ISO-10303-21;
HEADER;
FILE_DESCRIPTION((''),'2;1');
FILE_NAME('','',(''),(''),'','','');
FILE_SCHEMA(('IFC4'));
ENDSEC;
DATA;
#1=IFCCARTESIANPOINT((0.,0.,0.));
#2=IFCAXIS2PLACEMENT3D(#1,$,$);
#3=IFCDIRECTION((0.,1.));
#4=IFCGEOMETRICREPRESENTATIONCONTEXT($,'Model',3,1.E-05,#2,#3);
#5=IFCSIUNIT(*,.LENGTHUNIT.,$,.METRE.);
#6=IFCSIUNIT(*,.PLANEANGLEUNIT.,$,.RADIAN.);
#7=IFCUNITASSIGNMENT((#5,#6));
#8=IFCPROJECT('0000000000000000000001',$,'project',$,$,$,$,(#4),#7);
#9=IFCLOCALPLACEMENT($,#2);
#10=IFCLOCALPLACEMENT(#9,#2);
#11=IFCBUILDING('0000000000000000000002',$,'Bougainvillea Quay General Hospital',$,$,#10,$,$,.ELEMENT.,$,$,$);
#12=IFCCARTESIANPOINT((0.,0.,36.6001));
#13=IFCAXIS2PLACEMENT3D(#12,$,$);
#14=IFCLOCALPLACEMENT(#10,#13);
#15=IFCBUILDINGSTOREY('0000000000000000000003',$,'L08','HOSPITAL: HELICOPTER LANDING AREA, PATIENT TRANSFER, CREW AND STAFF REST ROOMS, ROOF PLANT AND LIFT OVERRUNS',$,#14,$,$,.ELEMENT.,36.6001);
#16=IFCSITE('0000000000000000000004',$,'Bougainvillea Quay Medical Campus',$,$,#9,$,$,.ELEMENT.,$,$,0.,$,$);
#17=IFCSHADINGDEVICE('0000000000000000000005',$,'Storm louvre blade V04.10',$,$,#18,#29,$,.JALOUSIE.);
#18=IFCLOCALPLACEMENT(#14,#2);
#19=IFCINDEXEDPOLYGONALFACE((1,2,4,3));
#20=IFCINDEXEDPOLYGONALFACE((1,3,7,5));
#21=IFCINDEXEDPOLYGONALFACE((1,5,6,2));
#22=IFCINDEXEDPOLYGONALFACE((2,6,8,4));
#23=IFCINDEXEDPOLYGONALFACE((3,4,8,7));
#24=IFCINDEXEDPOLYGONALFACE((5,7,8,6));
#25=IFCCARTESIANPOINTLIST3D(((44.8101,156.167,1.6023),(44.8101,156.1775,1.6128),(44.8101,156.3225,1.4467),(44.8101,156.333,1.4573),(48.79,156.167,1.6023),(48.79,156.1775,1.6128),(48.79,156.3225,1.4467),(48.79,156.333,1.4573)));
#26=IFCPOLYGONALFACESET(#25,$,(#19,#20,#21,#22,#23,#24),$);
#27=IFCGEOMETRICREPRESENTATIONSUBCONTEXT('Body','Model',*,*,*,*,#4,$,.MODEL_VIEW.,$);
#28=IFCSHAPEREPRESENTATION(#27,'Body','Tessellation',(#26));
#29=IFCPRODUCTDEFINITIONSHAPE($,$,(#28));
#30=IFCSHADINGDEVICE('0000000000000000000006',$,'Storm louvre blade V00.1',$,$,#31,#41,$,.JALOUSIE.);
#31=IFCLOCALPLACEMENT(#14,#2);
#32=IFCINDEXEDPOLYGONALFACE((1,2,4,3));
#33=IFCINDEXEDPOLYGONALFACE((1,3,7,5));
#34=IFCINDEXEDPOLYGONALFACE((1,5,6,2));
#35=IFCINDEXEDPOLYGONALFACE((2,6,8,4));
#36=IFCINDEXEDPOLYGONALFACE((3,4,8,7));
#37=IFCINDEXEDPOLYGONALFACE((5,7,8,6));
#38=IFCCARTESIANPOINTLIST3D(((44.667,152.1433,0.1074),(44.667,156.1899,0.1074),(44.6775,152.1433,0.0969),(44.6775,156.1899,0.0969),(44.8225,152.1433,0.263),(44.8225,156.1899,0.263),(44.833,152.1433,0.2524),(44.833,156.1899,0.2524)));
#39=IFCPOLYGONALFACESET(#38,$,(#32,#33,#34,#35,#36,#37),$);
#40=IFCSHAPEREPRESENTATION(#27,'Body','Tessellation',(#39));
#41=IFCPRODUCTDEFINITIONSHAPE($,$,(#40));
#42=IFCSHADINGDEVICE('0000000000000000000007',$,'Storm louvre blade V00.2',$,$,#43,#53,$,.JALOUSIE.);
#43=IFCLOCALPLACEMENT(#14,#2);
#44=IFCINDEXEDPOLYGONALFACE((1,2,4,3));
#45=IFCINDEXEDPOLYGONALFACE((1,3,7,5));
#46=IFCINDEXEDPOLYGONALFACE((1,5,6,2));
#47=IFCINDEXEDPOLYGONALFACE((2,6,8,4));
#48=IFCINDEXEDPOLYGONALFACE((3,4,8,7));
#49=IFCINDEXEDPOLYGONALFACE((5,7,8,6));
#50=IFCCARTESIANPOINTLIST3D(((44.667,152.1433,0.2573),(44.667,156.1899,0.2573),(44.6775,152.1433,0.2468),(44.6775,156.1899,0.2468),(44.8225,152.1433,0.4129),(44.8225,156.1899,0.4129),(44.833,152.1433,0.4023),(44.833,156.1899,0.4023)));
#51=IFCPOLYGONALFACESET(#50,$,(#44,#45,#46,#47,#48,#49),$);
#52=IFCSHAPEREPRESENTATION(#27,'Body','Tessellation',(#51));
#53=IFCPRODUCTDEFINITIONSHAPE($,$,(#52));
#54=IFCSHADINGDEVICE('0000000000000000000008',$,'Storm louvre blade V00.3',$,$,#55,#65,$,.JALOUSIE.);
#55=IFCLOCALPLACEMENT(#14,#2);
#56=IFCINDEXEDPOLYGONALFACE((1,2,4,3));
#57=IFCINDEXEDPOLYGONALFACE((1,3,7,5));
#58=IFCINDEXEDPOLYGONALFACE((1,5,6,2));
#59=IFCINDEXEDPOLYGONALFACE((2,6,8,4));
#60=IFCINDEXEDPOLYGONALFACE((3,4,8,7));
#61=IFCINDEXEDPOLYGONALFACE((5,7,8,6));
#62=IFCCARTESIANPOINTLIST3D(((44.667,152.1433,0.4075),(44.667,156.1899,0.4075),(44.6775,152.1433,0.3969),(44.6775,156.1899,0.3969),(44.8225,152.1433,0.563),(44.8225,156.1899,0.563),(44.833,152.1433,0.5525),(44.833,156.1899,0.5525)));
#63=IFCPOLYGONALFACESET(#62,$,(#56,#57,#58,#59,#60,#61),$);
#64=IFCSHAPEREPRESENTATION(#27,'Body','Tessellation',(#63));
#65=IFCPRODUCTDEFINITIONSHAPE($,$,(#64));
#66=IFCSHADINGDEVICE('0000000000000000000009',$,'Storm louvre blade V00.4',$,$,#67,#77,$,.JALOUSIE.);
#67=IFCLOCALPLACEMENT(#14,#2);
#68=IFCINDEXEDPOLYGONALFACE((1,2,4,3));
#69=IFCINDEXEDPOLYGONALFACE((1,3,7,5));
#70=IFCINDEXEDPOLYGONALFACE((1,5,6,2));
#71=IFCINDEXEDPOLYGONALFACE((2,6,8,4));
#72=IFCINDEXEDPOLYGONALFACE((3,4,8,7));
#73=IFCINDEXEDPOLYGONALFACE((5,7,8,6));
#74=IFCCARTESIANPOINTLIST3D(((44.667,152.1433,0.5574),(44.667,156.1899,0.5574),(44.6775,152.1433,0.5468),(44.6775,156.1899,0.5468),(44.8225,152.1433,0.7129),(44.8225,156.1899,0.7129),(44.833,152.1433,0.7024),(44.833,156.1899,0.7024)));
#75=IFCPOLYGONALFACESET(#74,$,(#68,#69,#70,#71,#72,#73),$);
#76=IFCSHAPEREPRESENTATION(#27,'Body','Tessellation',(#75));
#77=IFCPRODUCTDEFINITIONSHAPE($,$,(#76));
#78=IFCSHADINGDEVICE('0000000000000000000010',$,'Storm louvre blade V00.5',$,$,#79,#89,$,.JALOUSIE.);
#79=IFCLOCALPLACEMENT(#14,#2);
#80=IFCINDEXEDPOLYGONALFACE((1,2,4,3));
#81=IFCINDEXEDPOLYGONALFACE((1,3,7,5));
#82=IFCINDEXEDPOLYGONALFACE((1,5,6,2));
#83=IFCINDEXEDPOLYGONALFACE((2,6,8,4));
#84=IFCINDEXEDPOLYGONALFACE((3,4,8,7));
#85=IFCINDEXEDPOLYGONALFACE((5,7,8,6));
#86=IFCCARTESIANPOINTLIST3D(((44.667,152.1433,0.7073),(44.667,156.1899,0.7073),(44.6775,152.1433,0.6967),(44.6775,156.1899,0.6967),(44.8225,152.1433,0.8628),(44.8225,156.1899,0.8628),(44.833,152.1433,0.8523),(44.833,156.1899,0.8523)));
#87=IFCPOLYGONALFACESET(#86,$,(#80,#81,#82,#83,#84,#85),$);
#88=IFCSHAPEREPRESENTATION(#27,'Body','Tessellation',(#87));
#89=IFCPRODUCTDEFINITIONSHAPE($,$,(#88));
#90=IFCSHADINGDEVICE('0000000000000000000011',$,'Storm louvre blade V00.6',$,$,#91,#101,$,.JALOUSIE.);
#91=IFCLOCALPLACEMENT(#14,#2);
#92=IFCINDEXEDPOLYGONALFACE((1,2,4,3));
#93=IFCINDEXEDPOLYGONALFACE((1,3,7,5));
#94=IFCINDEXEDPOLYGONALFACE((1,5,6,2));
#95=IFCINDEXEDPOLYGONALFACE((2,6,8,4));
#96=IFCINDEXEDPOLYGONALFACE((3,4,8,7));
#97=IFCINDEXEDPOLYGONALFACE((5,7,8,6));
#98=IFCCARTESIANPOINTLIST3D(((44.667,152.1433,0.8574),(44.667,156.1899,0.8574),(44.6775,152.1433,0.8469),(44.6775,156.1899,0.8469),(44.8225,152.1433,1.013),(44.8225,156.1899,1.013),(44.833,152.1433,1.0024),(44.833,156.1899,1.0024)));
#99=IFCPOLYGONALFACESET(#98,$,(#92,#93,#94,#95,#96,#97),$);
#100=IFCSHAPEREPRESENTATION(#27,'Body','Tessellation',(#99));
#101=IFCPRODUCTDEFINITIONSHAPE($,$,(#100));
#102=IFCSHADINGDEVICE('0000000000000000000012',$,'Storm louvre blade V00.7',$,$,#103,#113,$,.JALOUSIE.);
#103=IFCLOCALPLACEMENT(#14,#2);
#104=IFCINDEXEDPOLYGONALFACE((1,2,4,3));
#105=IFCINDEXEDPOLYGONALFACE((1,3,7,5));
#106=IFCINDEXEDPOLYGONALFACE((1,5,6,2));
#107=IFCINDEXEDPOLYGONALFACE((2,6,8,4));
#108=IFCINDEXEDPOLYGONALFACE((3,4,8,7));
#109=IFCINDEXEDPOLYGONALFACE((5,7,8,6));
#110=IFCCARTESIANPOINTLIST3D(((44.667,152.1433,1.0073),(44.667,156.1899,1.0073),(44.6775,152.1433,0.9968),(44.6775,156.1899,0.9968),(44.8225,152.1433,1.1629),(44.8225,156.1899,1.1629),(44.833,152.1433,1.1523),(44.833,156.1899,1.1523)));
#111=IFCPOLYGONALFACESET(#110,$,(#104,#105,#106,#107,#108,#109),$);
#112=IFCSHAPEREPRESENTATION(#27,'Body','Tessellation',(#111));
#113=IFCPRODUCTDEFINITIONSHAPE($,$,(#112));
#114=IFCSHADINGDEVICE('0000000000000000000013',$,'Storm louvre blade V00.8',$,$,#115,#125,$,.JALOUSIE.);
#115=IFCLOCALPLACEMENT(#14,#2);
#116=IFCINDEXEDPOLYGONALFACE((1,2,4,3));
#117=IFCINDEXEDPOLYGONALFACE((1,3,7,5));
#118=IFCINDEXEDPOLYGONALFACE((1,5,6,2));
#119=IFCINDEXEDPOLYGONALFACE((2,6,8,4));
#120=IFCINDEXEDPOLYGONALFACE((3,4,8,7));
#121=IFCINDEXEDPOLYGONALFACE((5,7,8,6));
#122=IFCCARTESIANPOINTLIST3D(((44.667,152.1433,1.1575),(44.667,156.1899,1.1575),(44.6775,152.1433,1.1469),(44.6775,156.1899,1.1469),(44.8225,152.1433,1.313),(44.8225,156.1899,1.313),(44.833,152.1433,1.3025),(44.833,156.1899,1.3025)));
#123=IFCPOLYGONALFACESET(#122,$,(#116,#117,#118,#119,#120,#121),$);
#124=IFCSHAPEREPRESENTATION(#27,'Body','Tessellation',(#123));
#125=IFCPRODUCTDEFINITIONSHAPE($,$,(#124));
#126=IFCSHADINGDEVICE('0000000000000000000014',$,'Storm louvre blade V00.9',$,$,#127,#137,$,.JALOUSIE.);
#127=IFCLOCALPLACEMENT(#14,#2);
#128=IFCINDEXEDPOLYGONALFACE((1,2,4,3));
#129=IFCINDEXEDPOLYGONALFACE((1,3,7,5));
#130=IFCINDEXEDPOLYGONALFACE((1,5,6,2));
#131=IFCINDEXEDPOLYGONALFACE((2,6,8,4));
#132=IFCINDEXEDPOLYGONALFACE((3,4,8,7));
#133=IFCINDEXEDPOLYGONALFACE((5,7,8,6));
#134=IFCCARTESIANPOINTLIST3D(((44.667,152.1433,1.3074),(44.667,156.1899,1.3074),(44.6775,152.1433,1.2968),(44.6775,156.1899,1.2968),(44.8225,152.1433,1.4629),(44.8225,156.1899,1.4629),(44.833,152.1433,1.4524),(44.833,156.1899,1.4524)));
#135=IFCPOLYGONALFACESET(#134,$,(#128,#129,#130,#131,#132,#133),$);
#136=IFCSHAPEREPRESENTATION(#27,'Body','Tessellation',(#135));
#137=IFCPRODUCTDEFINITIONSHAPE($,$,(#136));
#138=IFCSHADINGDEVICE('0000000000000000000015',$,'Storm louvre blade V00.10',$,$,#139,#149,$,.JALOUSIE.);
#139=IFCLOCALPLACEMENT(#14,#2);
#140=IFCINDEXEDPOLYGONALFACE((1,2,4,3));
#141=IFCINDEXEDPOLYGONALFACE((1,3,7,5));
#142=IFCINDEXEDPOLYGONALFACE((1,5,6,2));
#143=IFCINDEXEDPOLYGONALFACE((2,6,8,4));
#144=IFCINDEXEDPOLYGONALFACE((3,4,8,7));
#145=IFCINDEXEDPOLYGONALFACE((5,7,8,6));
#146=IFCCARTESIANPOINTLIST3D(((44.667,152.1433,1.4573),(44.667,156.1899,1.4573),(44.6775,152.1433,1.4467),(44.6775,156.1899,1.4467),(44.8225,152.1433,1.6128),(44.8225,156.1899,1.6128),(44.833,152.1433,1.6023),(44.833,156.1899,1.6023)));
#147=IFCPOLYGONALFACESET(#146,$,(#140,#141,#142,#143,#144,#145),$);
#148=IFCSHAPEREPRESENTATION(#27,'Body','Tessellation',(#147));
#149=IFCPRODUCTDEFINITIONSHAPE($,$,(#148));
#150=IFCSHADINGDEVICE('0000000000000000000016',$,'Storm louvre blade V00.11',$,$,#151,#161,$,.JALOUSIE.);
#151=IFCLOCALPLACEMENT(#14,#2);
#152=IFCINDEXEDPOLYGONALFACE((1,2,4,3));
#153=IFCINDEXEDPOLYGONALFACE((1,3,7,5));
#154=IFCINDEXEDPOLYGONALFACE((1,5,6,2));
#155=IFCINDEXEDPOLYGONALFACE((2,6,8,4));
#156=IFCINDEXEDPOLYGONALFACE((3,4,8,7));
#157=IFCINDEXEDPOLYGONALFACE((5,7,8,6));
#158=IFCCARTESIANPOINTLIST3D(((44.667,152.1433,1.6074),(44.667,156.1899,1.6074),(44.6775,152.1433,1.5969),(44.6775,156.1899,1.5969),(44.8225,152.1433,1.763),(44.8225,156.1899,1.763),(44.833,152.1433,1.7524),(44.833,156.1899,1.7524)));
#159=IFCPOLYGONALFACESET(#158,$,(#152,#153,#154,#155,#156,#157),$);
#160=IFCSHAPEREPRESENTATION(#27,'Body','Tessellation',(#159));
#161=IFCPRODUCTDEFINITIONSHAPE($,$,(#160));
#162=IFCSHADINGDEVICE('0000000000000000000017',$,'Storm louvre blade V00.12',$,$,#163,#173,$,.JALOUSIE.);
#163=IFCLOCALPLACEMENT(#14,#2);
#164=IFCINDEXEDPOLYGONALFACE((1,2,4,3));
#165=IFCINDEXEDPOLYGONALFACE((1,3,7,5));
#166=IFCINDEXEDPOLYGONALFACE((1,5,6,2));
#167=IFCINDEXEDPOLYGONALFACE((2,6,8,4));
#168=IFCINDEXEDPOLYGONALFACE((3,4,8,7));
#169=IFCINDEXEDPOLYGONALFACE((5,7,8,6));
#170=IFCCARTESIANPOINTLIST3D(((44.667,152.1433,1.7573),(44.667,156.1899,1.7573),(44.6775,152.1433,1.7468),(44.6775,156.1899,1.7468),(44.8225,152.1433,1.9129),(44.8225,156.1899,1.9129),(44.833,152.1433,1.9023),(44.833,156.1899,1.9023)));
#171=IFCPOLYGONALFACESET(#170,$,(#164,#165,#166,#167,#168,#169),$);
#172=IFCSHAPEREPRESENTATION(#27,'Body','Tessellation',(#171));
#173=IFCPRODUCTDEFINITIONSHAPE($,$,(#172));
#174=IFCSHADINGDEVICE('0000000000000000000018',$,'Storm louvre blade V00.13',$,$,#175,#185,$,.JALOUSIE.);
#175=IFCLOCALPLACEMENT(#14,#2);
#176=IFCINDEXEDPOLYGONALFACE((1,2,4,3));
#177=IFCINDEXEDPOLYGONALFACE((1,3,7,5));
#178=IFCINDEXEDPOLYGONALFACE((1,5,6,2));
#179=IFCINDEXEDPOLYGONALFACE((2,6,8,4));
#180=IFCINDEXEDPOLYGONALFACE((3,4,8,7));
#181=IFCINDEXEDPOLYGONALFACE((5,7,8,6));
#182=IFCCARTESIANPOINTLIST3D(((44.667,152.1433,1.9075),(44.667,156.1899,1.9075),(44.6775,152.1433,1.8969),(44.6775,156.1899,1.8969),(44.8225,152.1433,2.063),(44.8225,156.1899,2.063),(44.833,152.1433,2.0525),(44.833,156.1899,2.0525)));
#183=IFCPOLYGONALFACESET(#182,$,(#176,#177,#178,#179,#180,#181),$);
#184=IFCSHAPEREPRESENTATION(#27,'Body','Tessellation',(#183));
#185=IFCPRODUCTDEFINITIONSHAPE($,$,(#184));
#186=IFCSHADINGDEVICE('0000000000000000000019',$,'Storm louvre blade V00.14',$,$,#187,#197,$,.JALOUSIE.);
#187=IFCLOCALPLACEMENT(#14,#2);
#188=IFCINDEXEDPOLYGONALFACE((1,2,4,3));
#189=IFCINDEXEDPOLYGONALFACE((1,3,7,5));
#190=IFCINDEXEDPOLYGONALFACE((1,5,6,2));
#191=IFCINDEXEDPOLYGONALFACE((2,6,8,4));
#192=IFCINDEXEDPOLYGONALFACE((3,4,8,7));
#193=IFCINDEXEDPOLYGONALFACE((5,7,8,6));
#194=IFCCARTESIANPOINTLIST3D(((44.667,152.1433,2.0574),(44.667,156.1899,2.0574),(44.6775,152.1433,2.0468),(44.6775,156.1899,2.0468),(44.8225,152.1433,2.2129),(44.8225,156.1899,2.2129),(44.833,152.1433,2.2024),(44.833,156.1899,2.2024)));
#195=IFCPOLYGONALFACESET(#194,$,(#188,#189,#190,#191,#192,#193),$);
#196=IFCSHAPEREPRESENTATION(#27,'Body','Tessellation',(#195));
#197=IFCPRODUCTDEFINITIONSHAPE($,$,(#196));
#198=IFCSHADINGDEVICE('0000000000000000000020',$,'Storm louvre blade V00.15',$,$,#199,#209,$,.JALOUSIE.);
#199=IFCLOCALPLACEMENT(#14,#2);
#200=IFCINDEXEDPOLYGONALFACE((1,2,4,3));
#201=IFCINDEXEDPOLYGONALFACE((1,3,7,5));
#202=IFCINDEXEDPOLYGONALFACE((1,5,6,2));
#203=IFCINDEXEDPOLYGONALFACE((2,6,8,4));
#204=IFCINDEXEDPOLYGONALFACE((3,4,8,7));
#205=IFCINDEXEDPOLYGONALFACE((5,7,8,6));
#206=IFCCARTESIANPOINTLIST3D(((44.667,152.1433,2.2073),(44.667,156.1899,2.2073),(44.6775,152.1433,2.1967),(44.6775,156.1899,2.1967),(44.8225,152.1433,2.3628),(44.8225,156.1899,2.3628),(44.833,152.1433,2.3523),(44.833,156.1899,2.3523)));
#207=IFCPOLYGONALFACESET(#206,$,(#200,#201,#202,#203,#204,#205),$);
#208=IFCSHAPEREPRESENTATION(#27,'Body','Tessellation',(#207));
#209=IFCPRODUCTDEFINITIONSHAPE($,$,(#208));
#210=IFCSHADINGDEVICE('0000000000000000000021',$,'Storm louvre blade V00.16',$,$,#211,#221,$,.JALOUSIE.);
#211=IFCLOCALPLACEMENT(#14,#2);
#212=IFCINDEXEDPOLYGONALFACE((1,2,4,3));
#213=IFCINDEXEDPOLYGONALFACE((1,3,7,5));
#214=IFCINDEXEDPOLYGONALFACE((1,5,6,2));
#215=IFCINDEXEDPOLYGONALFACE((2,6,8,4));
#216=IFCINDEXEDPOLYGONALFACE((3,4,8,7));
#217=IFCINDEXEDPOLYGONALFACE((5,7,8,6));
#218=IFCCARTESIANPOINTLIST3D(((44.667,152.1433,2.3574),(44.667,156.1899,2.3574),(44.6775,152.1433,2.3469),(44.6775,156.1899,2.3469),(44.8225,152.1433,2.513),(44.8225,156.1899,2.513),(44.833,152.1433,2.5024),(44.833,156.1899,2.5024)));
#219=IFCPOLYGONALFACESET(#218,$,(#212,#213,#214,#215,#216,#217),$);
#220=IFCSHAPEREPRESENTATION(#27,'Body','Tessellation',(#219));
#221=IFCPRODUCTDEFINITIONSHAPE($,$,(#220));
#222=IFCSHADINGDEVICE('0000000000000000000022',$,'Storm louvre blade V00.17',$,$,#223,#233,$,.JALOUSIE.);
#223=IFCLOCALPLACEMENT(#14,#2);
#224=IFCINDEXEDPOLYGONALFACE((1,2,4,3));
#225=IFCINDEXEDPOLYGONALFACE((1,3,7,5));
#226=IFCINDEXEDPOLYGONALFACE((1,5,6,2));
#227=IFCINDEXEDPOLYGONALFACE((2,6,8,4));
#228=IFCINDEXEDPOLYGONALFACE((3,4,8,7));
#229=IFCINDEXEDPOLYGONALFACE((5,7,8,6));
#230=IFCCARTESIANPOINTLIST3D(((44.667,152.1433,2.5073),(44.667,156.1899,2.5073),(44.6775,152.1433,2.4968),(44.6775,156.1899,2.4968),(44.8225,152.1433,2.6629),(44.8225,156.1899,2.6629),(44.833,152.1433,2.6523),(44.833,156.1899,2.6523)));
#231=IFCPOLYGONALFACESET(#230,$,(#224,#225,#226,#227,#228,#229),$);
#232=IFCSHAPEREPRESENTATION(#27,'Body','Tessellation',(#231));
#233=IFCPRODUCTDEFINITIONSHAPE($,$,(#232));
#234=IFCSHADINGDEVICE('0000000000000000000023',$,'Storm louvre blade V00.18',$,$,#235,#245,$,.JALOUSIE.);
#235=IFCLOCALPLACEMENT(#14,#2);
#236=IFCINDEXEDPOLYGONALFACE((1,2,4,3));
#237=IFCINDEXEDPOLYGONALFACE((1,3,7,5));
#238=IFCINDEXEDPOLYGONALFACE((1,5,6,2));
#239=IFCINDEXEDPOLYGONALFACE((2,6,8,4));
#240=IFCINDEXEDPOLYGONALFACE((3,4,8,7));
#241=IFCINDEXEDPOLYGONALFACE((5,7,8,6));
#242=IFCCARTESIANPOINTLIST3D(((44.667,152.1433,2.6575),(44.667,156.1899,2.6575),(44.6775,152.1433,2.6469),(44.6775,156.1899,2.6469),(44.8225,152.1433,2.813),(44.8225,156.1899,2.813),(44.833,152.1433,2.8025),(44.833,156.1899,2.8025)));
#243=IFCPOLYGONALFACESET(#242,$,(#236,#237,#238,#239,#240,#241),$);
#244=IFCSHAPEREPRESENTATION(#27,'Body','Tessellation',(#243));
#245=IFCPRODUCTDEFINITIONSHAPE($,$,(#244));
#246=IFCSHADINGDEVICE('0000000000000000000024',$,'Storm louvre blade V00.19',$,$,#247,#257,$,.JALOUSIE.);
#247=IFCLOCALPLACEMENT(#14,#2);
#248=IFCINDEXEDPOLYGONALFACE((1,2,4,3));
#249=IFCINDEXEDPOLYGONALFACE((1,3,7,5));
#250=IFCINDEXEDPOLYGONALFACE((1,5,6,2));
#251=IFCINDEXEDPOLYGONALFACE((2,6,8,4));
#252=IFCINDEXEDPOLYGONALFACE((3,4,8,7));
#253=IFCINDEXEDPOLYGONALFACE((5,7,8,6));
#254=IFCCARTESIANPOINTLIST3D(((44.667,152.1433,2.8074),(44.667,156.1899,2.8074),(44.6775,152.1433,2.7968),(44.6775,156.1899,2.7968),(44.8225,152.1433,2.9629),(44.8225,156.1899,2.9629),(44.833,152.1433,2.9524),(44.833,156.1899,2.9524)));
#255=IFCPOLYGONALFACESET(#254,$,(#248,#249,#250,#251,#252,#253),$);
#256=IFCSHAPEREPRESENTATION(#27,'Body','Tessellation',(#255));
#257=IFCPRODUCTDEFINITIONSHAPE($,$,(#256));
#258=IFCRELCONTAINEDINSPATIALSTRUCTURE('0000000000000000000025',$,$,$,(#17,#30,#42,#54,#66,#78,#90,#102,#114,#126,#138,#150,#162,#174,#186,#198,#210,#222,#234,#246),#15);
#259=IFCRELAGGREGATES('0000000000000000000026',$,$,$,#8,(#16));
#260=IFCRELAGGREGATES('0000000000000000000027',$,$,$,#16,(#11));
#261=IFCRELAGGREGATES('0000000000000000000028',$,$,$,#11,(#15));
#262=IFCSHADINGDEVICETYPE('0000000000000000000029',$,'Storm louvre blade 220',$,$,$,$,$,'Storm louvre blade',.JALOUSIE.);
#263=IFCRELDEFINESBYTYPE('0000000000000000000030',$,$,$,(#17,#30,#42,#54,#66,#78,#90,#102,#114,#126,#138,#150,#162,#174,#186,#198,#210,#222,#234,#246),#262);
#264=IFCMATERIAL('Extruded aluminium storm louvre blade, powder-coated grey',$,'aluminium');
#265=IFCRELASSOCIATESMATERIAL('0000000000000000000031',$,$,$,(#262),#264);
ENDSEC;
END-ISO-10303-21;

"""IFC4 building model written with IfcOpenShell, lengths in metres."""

from ifc_helpers import new_model, si_unit, direction, frame, origin, origin_2d, place, context, subcontext, project, spatial, rectangle, extrude, material, material_profile, profile_set, type_object, element, save


model = new_model("IFC4")

# Units and contexts
model_context = context("Model", 3, precision=1e-05, world=origin(), true_north=direction((0.0, 1.0)))
body_context = subcontext(model_context, "Body", "Model", "MODEL_VIEW")
ifc_project = project(units=[si_unit("LENGTHUNIT", "METRE"), si_unit("PLANEANGLEUNIT", "RADIAN")], contexts=[model_context])

# Site, building, storey
site_placement = place(None, origin())
site = spatial("IfcSite", under=ifc_project, at=site_placement, Name="Bougainvillea Quay Medical Campus", CompositionType="ELEMENT", RefElevation=0.0)
building_placement = place(site_placement, origin())
building = spatial("IfcBuilding", under=site, at=building_placement, Name="Bougainvillea Quay General Hospital", CompositionType="ELEMENT")
storey_placement = place(building_placement, frame((0.0, 0.0, 36.6001)))
storey = spatial("IfcBuildingStorey", under=building, at=storey_placement, Name="L08", Description="HOSPITAL: HELICOPTER LANDING AREA, PATIENT TRANSFER, CREW AND STAFF REST ROOMS, ROOF PLANT AND LIFT OVERRUNS", CompositionType="ELEMENT", Elevation=36.6001)

# Shading devices
ifc_material_1 = material(Name="Extruded aluminium storm louvre blade, powder-coated grey", Category="aluminium")
ifc_material_profile_1 = material_profile(ifc_material_1, rectangle(XDim=0.22, YDim=0.0149, at=origin_2d()))
ifc_profile_set_1 = profile_set([ifc_material_profile_1], Name="Extruded aluminium storm louvre blade, powder-coated grey")
shading_device_type_1 = type_object("IfcShadingDeviceType", Name="Storm louvre blade 220", ElementType="Storm louvre blade", PredefinedType="JALOUSIE", material=ifc_profile_set_1)
for number, where, z_axis, x_axis, name in (
    (1, (48.79, 156.25, 1.5298), (-1.0, 0.0, 0.0), (0.0, -0.707107, 0.707107), "Storm louvre blade V04.10"),
):
    element("IfcShadingDevice", number, at=place(storey_placement, frame(where, z_axis=z_axis, x_axis=x_axis)), inside=storey, type_object=shading_device_type_1, Name=name, PredefinedType="JALOUSIE", context=body_context, shape_type="SweptSolid", body=[
        extrude(rectangle(XDim=0.22, YDim=0.0149, at=origin_2d()), origin(), (0.0, 0.0, 1.0), 3.98),
    ])
for number, where, z_axis, x_axis, name in (
    (2, (44.75, 156.1899, 0.1799), (0.0, -1.0, 0.0), (0.707107, 0.0, 0.707107), "Storm louvre blade V00.1"),
    (3, (44.75, 156.1899, 0.3298), (0.0, -1.0, 0.0), (0.707107, 0.0, 0.707107), "Storm louvre blade V00.2"),
    (4, (44.75, 156.1899, 0.48), (0.0, -1.0, 0.0), (0.707107, 0.0, 0.707107), "Storm louvre blade V00.3"),
    (5, (44.75, 156.1899, 0.6299), (0.0, -1.0, 0.0), (0.707107, 0.0, 0.707107), "Storm louvre blade V00.4"),
    (6, (44.75, 156.1899, 0.7798), (0.0, -1.0, 0.0), (0.707107, 0.0, 0.707107), "Storm louvre blade V00.5"),
    (7, (44.75, 156.1899, 0.9299), (0.0, -1.0, 0.0), (0.707107, 0.0, 0.707107), "Storm louvre blade V00.6"),
    (8, (44.75, 156.1899, 1.0798), (0.0, -1.0, 0.0), (0.707107, 0.0, 0.707107), "Storm louvre blade V00.7"),
    (9, (44.75, 156.1899, 1.23), (0.0, -1.0, 0.0), (0.707107, 0.0, 0.707107), "Storm louvre blade V00.8"),
    (10, (44.75, 156.1899, 1.3799), (0.0, -1.0, 0.0), (0.707107, 0.0, 0.707107), "Storm louvre blade V00.9"),
    (11, (44.75, 156.1899, 1.5298), (0.0, -1.0, 0.0), (0.707107, 0.0, 0.707107), "Storm louvre blade V00.10"),
    (12, (44.75, 156.1899, 1.6799), (0.0, -1.0, 0.0), (0.707107, 0.0, 0.707107), "Storm louvre blade V00.11"),
    (13, (44.75, 156.1899, 1.8298), (0.0, -1.0, 0.0), (0.707107, 0.0, 0.707107), "Storm louvre blade V00.12"),
    (14, (44.75, 156.1899, 1.98), (0.0, -1.0, 0.0), (0.707107, 0.0, 0.707107), "Storm louvre blade V00.13"),
    (15, (44.75, 156.1899, 2.1299), (0.0, -1.0, 0.0), (0.707107, 0.0, 0.707107), "Storm louvre blade V00.14"),
    (16, (44.75, 156.1899, 2.2798), (0.0, -1.0, 0.0), (0.707107, 0.0, 0.707107), "Storm louvre blade V00.15"),
    (17, (44.75, 156.1899, 2.4299), (0.0, -1.0, 0.0), (0.707107, 0.0, 0.707107), "Storm louvre blade V00.16"),
    (18, (44.75, 156.1899, 2.5798), (0.0, -1.0, 0.0), (0.707107, 0.0, 0.707107), "Storm louvre blade V00.17"),
    (19, (44.75, 156.1899, 2.73), (0.0, -1.0, 0.0), (0.707107, 0.0, 0.707107), "Storm louvre blade V00.18"),
    (20, (44.75, 156.1899, 2.8799), (0.0, -1.0, 0.0), (0.707107, 0.0, 0.707107), "Storm louvre blade V00.19"),
):
    element("IfcShadingDevice", number, at=place(storey_placement, frame(where, z_axis=z_axis, x_axis=x_axis)), inside=storey, type_object=shading_device_type_1, Name=name, PredefinedType="JALOUSIE", context=body_context, shape_type="SweptSolid", body=[
        extrude(rectangle(XDim=0.22, YDim=0.0149, at=origin_2d()), origin(), (0.0, 0.0, 1.0), 4.0466),
    ])

save(model, "model.ifc")
